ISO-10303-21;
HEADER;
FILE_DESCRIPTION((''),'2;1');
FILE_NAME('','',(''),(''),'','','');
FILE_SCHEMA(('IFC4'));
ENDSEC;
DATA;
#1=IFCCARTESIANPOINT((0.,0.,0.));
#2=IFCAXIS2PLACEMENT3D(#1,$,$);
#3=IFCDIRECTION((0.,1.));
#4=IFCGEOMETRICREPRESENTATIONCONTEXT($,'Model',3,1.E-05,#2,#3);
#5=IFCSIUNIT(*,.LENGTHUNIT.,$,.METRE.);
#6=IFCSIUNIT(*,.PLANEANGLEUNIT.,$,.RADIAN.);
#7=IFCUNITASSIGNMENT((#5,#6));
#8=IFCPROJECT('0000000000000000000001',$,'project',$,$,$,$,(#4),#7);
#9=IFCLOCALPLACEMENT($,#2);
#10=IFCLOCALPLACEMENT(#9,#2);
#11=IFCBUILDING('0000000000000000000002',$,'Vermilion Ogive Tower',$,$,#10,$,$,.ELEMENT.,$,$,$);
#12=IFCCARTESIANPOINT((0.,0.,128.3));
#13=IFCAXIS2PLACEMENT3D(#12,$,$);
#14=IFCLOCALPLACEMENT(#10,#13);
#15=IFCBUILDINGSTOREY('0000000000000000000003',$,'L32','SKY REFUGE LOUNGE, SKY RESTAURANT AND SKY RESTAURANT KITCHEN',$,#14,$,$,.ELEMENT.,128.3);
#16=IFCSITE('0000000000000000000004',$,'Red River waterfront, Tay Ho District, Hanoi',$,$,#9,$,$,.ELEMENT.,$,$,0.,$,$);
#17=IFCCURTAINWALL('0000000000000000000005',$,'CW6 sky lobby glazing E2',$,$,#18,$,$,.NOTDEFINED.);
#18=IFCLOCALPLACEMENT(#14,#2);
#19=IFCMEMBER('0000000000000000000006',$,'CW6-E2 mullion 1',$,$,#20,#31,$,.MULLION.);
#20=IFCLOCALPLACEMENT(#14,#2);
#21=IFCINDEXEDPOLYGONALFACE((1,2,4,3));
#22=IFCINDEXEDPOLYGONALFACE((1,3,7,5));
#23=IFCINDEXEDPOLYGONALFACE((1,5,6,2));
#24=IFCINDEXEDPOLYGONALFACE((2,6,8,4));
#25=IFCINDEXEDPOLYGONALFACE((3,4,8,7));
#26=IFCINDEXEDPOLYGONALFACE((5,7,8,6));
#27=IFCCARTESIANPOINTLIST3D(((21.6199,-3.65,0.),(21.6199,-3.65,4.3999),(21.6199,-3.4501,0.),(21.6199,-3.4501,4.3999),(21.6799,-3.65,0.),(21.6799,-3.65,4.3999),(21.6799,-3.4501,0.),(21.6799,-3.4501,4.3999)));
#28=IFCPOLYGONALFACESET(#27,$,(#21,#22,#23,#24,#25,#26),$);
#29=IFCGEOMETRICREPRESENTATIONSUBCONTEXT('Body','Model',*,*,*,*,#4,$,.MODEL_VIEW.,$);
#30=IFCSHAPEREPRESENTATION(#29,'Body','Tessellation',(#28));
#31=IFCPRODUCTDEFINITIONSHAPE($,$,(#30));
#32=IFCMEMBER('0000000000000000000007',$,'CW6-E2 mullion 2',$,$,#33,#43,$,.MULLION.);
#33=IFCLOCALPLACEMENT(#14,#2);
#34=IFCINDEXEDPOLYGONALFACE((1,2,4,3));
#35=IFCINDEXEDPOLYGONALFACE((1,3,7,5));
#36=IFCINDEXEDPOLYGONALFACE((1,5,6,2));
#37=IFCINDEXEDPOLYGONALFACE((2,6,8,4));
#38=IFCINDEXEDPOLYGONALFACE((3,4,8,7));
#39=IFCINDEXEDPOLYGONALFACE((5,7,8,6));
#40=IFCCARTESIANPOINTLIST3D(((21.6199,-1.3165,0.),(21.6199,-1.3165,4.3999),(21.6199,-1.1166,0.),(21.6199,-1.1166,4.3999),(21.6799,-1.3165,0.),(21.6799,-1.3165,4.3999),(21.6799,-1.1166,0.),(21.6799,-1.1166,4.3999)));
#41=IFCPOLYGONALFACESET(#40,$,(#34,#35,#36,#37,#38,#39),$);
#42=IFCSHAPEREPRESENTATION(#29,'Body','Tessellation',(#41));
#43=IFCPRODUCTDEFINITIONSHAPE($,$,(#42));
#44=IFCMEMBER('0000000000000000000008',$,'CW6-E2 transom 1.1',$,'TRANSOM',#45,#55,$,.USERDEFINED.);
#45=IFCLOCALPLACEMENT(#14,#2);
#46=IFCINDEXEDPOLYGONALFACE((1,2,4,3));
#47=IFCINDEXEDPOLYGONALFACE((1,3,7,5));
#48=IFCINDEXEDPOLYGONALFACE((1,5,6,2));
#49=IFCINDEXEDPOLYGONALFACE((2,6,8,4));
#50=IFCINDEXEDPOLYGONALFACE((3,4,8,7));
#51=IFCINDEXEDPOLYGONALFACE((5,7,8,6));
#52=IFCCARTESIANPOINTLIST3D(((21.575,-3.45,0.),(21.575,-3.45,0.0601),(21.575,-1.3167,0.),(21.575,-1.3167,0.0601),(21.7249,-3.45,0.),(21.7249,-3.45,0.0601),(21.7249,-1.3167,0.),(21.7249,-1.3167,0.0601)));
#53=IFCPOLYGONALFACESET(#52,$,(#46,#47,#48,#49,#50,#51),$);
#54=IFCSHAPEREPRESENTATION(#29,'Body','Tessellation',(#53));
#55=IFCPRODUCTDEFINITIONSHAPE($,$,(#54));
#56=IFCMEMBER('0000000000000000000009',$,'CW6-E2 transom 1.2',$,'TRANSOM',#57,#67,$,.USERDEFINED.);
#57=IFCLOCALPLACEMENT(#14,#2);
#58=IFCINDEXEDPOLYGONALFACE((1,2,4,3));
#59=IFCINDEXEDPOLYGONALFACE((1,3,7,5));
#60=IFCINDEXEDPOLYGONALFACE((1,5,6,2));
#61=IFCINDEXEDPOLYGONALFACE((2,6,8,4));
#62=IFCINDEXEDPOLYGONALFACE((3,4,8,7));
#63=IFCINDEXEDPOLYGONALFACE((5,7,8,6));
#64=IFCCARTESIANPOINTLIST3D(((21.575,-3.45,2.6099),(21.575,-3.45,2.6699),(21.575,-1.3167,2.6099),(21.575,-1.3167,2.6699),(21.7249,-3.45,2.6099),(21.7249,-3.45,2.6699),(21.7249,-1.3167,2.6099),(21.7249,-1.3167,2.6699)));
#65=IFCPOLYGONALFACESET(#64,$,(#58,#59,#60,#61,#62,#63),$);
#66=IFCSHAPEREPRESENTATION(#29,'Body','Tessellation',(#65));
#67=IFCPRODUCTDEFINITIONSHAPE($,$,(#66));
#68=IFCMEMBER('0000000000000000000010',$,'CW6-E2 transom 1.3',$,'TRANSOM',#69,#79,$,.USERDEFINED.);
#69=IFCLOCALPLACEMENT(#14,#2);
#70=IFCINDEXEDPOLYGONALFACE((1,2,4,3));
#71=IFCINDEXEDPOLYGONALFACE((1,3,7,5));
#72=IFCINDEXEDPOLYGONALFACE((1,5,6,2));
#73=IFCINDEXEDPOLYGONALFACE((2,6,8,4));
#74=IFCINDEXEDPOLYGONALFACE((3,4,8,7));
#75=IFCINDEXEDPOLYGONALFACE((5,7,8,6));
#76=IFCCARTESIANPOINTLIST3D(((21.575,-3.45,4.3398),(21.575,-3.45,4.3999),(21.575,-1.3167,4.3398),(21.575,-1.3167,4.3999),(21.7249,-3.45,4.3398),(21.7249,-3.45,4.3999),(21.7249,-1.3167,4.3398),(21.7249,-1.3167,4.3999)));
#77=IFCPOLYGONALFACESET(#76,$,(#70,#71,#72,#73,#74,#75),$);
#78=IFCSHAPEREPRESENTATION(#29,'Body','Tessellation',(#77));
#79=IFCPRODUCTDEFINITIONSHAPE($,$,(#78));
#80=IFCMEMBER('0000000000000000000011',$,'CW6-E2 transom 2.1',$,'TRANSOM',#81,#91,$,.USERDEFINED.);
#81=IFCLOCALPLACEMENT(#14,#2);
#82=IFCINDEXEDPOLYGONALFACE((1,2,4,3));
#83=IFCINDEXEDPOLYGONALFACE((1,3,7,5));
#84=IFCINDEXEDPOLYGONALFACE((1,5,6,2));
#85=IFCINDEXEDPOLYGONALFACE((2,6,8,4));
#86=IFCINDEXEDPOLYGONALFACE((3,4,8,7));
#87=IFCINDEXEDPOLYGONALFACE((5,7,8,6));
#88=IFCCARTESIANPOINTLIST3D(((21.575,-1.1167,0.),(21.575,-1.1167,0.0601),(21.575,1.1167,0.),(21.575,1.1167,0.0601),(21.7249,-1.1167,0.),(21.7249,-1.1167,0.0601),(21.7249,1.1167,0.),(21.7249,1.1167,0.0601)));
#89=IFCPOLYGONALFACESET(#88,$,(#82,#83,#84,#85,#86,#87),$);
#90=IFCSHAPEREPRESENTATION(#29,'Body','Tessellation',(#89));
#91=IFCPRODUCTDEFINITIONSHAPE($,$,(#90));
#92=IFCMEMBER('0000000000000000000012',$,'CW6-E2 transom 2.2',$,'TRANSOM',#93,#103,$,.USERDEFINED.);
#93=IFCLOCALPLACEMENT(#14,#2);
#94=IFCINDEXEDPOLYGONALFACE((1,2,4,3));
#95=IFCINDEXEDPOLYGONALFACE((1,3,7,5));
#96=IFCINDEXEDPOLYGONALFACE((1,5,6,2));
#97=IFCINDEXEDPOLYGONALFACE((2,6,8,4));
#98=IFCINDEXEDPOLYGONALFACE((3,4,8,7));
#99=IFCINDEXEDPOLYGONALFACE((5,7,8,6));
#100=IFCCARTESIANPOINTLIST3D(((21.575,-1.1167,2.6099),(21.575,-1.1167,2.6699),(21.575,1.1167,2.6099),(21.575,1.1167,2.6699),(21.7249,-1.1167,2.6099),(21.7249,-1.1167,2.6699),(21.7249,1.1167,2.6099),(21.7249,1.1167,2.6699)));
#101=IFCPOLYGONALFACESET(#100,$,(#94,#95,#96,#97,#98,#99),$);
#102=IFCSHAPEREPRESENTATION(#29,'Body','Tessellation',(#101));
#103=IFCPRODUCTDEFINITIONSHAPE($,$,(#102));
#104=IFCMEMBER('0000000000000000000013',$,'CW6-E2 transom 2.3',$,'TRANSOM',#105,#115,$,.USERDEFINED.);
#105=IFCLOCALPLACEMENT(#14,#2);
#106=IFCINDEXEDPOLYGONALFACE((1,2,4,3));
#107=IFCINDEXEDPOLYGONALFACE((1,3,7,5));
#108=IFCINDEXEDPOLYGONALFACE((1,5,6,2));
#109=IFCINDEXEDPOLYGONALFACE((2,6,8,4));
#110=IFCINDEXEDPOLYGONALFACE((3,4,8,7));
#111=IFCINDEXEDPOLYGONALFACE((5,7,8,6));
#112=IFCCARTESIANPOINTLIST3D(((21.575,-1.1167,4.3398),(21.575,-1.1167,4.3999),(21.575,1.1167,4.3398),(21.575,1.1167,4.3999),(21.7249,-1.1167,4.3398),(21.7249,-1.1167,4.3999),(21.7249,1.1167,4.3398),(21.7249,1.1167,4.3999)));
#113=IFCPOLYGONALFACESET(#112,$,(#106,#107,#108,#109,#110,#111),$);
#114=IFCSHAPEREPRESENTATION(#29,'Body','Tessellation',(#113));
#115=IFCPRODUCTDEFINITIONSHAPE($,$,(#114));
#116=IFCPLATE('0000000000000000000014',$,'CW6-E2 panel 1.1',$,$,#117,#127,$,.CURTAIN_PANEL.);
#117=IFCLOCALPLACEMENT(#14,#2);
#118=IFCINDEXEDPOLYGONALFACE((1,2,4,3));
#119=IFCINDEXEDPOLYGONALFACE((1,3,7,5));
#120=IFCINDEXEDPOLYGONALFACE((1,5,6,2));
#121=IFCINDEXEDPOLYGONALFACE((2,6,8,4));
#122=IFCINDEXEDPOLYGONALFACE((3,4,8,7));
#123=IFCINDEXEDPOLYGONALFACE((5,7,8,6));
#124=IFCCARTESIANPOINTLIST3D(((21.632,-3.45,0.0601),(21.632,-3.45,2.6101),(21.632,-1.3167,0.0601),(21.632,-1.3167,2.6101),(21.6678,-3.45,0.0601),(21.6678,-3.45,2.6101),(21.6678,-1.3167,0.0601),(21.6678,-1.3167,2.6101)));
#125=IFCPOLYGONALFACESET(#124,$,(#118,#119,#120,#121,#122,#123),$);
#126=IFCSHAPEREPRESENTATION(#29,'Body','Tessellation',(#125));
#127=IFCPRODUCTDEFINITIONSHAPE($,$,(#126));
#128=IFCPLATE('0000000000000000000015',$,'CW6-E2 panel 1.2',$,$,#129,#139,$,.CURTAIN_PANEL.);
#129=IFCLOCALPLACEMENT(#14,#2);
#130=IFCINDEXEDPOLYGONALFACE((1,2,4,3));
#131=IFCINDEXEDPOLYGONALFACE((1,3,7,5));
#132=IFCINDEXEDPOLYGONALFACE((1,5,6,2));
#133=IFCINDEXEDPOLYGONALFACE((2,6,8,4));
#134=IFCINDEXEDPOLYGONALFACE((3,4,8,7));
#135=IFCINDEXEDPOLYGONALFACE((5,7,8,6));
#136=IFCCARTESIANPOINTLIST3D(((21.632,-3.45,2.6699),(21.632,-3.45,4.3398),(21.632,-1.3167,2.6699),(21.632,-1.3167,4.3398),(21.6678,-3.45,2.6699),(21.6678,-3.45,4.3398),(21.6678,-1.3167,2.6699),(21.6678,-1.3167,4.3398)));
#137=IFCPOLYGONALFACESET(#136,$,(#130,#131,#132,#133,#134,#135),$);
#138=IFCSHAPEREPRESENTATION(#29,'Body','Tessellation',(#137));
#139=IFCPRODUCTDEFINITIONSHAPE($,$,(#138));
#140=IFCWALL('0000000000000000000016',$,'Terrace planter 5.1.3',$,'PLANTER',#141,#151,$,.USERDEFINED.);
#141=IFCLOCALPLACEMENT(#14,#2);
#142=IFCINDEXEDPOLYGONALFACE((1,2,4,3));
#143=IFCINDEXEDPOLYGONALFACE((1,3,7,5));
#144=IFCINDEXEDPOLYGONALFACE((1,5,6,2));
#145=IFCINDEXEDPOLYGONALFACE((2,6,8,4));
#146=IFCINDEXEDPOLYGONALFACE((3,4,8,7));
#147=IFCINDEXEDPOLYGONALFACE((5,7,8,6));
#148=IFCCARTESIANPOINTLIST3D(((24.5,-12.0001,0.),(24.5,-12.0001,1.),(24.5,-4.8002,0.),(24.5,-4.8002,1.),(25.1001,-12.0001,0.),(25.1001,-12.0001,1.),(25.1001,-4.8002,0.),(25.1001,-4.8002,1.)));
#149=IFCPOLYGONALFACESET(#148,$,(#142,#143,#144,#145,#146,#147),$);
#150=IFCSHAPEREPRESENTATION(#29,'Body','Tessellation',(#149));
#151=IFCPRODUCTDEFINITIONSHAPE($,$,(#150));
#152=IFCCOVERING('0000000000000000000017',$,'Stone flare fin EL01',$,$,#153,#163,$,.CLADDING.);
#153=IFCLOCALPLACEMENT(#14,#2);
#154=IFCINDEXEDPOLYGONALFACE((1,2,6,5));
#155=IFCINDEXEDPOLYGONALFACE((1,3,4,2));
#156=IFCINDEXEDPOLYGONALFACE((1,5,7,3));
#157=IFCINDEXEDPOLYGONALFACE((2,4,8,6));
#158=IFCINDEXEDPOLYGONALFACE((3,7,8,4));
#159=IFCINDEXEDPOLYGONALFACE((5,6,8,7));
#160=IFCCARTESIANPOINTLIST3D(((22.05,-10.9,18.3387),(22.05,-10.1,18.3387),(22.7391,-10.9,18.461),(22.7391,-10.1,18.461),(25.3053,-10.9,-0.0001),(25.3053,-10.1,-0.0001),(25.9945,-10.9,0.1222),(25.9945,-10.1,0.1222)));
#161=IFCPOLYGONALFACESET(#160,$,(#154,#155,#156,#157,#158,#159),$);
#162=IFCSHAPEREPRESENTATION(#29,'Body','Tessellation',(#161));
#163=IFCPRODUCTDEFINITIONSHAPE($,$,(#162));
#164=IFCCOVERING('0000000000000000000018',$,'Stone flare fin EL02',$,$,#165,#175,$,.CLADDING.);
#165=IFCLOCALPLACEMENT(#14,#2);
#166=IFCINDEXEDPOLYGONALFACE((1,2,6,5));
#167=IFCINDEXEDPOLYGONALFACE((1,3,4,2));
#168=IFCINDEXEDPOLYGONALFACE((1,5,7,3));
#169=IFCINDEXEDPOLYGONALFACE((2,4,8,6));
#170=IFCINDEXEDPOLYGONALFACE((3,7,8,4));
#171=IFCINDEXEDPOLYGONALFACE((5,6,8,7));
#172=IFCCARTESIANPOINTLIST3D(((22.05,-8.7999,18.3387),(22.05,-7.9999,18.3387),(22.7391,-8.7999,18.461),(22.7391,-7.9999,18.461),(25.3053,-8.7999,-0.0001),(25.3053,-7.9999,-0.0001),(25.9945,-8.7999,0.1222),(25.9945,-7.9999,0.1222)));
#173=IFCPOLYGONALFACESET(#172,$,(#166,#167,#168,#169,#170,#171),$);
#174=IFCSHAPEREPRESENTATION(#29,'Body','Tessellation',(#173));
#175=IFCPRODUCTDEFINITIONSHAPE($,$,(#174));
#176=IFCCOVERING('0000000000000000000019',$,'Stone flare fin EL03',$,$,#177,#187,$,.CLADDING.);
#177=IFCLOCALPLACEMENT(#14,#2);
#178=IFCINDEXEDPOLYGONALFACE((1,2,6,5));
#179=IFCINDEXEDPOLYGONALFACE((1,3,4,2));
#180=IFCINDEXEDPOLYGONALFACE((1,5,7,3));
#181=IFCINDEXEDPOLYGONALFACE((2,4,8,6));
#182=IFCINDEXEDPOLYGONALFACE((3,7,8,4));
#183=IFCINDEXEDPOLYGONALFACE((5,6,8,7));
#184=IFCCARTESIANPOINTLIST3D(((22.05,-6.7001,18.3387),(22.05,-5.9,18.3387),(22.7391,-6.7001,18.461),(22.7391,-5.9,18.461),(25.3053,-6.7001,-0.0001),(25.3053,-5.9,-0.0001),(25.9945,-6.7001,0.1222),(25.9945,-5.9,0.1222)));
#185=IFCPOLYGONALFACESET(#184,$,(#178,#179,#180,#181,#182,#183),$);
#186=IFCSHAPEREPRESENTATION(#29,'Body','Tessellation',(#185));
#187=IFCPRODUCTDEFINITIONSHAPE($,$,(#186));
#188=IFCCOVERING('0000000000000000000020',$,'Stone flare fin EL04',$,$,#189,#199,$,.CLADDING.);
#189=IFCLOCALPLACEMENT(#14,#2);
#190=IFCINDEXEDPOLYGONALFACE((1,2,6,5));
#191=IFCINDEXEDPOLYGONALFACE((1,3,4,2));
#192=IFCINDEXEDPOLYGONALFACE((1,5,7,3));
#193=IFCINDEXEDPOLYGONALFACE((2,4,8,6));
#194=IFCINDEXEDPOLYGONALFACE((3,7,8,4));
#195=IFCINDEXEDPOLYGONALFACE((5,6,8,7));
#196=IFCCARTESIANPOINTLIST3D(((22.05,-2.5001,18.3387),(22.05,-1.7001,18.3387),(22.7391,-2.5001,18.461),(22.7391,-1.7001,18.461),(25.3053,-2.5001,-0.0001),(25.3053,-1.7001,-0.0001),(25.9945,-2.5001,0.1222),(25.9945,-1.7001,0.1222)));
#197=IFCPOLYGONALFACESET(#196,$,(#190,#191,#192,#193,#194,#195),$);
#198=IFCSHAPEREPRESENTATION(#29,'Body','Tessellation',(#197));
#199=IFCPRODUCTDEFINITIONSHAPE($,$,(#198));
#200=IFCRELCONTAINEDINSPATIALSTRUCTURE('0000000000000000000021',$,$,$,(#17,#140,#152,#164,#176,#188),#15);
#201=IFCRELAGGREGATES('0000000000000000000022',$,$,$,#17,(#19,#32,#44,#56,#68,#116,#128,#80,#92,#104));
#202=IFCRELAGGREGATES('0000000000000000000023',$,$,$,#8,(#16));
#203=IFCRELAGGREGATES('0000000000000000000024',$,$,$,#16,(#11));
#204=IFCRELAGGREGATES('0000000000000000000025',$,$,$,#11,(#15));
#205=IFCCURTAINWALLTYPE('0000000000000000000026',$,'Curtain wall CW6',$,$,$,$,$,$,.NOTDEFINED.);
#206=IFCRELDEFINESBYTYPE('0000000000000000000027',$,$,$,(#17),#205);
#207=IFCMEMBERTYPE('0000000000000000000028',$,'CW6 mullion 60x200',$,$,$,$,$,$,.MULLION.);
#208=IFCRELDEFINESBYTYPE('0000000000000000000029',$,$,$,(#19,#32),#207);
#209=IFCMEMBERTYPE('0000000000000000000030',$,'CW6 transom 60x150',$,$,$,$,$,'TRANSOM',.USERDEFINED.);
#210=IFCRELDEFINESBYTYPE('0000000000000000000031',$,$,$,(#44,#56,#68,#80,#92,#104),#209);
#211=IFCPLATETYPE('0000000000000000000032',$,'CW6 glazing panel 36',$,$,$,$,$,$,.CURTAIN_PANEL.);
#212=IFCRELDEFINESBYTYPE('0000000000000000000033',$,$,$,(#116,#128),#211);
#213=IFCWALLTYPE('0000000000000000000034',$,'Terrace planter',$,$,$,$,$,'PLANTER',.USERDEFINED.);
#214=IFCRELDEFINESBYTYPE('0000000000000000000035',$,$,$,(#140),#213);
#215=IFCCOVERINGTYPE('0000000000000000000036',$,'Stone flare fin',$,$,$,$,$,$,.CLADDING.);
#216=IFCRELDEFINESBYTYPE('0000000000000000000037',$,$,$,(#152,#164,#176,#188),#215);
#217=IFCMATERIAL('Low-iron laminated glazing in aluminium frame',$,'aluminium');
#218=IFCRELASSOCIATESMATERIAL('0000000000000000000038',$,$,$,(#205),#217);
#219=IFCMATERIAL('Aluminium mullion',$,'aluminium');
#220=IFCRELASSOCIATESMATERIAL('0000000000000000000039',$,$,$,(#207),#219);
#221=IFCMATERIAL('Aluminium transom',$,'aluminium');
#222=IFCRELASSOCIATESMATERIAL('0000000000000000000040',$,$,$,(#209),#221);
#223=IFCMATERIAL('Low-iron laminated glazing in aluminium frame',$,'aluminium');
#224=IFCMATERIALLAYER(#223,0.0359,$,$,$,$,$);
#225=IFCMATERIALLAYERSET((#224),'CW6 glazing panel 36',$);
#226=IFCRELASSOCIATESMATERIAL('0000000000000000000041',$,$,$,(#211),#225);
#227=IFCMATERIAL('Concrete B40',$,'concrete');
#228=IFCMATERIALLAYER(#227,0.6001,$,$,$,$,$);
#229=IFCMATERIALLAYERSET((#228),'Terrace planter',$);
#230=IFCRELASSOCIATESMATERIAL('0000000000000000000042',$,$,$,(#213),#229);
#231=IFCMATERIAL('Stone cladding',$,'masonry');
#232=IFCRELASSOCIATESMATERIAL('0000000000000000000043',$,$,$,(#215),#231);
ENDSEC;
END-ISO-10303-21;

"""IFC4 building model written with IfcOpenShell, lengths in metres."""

from ifc_helpers import new_model, si_unit, direction, frame, frame_2d, origin, origin_2d, place, context, subcontext, project, spatial, rectangle, extrude, material, layer, layer_set, material_profile, profile_set, type_object, element, aggregate, save


model = new_model("IFC4")

# Units and contexts
model_context = context("Model", 3, precision=1e-05, world=origin(), true_north=direction((0.0, 1.0)))
body_context = subcontext(model_context, "Body", "Model", "MODEL_VIEW")
ifc_project = project(units=[si_unit("LENGTHUNIT", "METRE"), si_unit("PLANEANGLEUNIT", "RADIAN")], contexts=[model_context])

# Site, building, storey
site_placement = place(None, origin())
site = spatial("IfcSite", under=ifc_project, at=site_placement, Name="Red River waterfront, Tay Ho District, Hanoi", CompositionType="ELEMENT", RefElevation=0.0)
building_placement = place(site_placement, origin())
building = spatial("IfcBuilding", under=site, at=building_placement, Name="Vermilion Ogive Tower", CompositionType="ELEMENT")
storey_placement = place(building_placement, frame((0.0, 0.0, 128.3)))
storey = spatial("IfcBuildingStorey", under=building, at=storey_placement, Name="L32", Description="SKY REFUGE LOUNGE, SKY RESTAURANT AND SKY RESTAURANT KITCHEN", CompositionType="ELEMENT", Elevation=128.3)

# Curtain wall, members, plates
ifc_material_1 = material(Name="Low-iron laminated glazing in aluminium frame", Category="aluminium")
curtain_wall_type = type_object("IfcCurtainWallType", Name="Curtain wall CW6", PredefinedType="NOTDEFINED", material=ifc_material_1)
curtain_wall_placement = place(storey_placement, origin())
curtain_wall = element("IfcCurtainWall", 1, at=curtain_wall_placement, inside=storey, type_object=curtain_wall_type, Name="CW6 sky lobby glazing E2", PredefinedType="NOTDEFINED")
ifc_material_2 = material(Name="Aluminium mullion", Category="aluminium")
ifc_material_profile_1 = material_profile(ifc_material_2, rectangle(XDim=0.0601, YDim=0.2, at=origin_2d()), Name="AL 60x200")
ifc_profile_set_1 = profile_set([ifc_material_profile_1], Name="Aluminium mullion")
member_type_1 = type_object("IfcMemberType", Name="CW6 mullion 60x200", PredefinedType="MULLION", material=ifc_profile_set_1)
member_1_placement = place(storey_placement, frame((21.6499, -3.55, 0.0), z_axis=(0.0, 0.0, 1.0), x_axis=(-1.0, 0.0, 0.0)))
member_1 = element("IfcMember", 2, at=member_1_placement, type_object=member_type_1, Name="CW6-E2 mullion 1", PredefinedType="MULLION", context=body_context, shape_type="SweptSolid", body=[
    extrude(rectangle(XDim=0.0601, YDim=0.2, at=origin_2d()), origin(), (0.0, 0.0, 1.0), 4.3999),
])
member_2_placement = place(storey_placement, frame((21.6499, -1.2166, 0.0), z_axis=(0.0, 0.0, 1.0), x_axis=(-1.0, 0.0, 0.0)))
member_2 = element("IfcMember", 3, at=member_2_placement, type_object=member_type_1, Name="CW6-E2 mullion 2", PredefinedType="MULLION", context=body_context, shape_type="SweptSolid", body=[
    extrude(rectangle(XDim=0.0601, YDim=0.2, at=origin_2d()), origin(), (0.0, 0.0, 1.0), 4.3999),
])
ifc_material_3 = material(Name="Aluminium transom", Category="aluminium")
ifc_material_profile_2 = material_profile(ifc_material_3, rectangle(XDim=0.1499, YDim=0.0601, at=origin_2d()), Name="AL 60x150")
ifc_profile_set_2 = profile_set([ifc_material_profile_2], Name="Aluminium transom")
member_type_2 = type_object("IfcMemberType", Name="CW6 transom 60x150", ElementType="TRANSOM", PredefinedType="USERDEFINED", material=ifc_profile_set_2)
member_3_placement = place(storey_placement, frame((21.6499, -3.45, 0.03), z_axis=(0.0, 1.0, 0.0), x_axis=(-1.0, 0.0, 0.0)))
member_3 = element("IfcMember", 4, at=member_3_placement, type_object=member_type_2, Name="CW6-E2 transom 1.1", ObjectType="TRANSOM", PredefinedType="USERDEFINED", context=body_context, shape_type="SweptSolid", body=[
    extrude(rectangle(XDim=0.1499, YDim=0.0601, at=origin_2d()), origin(), (0.0, 0.0, 1.0), 2.1333),
])
member_4_placement = place(storey_placement, frame((21.6499, -3.45, 2.6399), z_axis=(0.0, 1.0, 0.0), x_axis=(-1.0, 0.0, 0.0)))
member_4 = element("IfcMember", 5, at=member_4_placement, type_object=member_type_2, Name="CW6-E2 transom 1.2", ObjectType="TRANSOM", PredefinedType="USERDEFINED", context=body_context, shape_type="SweptSolid", body=[
    extrude(rectangle(XDim=0.1499, YDim=0.0601, at=origin_2d()), origin(), (0.0, 0.0, 1.0), 2.1333),
])
member_5_placement = place(storey_placement, frame((21.6499, -3.45, 4.3699), z_axis=(0.0, 1.0, 0.0), x_axis=(-1.0, 0.0, 0.0)))
member_5 = element("IfcMember", 6, at=member_5_placement, type_object=member_type_2, Name="CW6-E2 transom 1.3", ObjectType="TRANSOM", PredefinedType="USERDEFINED", context=body_context, shape_type="SweptSolid", body=[
    extrude(rectangle(XDim=0.1499, YDim=0.0601, at=origin_2d()), origin(), (0.0, 0.0, 1.0), 2.1333),
])
member_6_placement = place(storey_placement, frame((21.6499, -1.1167, 0.03), z_axis=(0.0, 1.0, 0.0), x_axis=(-1.0, 0.0, 0.0)))
member_6 = element("IfcMember", 7, at=member_6_placement, type_object=member_type_2, Name="CW6-E2 transom 2.1", ObjectType="TRANSOM", PredefinedType="USERDEFINED", context=body_context, shape_type="SweptSolid", body=[
    extrude(rectangle(XDim=0.1499, YDim=0.0601, at=origin_2d()), origin(), (0.0, 0.0, 1.0), 2.2334),
])
member_7_placement = place(storey_placement, frame((21.6499, -1.1167, 2.6399), z_axis=(0.0, 1.0, 0.0), x_axis=(-1.0, 0.0, 0.0)))
member_7 = element("IfcMember", 8, at=member_7_placement, type_object=member_type_2, Name="CW6-E2 transom 2.2", ObjectType="TRANSOM", PredefinedType="USERDEFINED", context=body_context, shape_type="SweptSolid", body=[
    extrude(rectangle(XDim=0.1499, YDim=0.0601, at=origin_2d()), origin(), (0.0, 0.0, 1.0), 2.2334),
])
member_8_placement = place(storey_placement, frame((21.6499, -1.1167, 4.3699), z_axis=(0.0, 1.0, 0.0), x_axis=(-1.0, 0.0, 0.0)))
member_8 = element("IfcMember", 9, at=member_8_placement, type_object=member_type_2, Name="CW6-E2 transom 2.3", ObjectType="TRANSOM", PredefinedType="USERDEFINED", context=body_context, shape_type="SweptSolid", body=[
    extrude(rectangle(XDim=0.1499, YDim=0.0601, at=origin_2d()), origin(), (0.0, 0.0, 1.0), 2.2334),
])
ifc_material_4 = material(Name="Low-iron laminated glazing in aluminium frame", Category="aluminium")
ifc_layer_1 = layer(ifc_material_4, 0.0359)
ifc_layer_set_1 = layer_set([ifc_layer_1], Name="CW6 glazing panel 36")
plate_type = type_object("IfcPlateType", Name="CW6 glazing panel 36", PredefinedType="CURTAIN_PANEL", material=ifc_layer_set_1)
plate_1_placement = place(storey_placement, frame((21.6499, -2.3833, 0.0601), z_axis=(0.0, 0.0, 1.0), x_axis=(0.0, 1.0, 0.0)))
plate_1 = element("IfcPlate", 10, at=plate_1_placement, type_object=plate_type, Name="CW6-E2 panel 1.1", PredefinedType="CURTAIN_PANEL", context=body_context, shape_type="SweptSolid", body=[
    extrude(rectangle(XDim=2.1333, YDim=0.0359, at=origin_2d()), origin(), (0.0, 0.0, 1.0), 2.55),
])
plate_2_placement = place(storey_placement, frame((21.6499, -2.3833, 2.6699), z_axis=(0.0, 0.0, 1.0), x_axis=(0.0, 1.0, 0.0)))
plate_2 = element("IfcPlate", 11, at=plate_2_placement, type_object=plate_type, Name="CW6-E2 panel 1.2", PredefinedType="CURTAIN_PANEL", context=body_context, shape_type="SweptSolid", body=[
    extrude(rectangle(XDim=2.1333, YDim=0.0359, at=origin_2d()), origin(), (0.0, 0.0, 1.0), 1.6699),
])
aggregate(curtain_wall, [member_1, member_2, member_3, member_4, member_5, plate_1, plate_2, member_6, member_7, member_8])

# Wall
ifc_material_5 = material(Name="Concrete B40", Category="concrete")
ifc_layer_2 = layer(ifc_material_5, 0.6001)
ifc_layer_set_2 = layer_set([ifc_layer_2], Name="Terrace planter")
wall_type = type_object("IfcWallType", Name="Terrace planter", ElementType="PLANTER", PredefinedType="USERDEFINED", material=ifc_layer_set_2)
wall_placement = place(storey_placement, frame((24.8, -4.8, 0.0), z_axis=(0.0, 0.0, 1.0), x_axis=(0.0, -1.0, 0.0)))
element("IfcWall", 12, at=wall_placement, inside=storey, type_object=wall_type, Name="Terrace planter 5.1.3", ObjectType="PLANTER", PredefinedType="USERDEFINED", context=body_context, shape_type="SweptSolid", body=[
    extrude(rectangle(XDim=7.2, YDim=0.6001, at=frame_2d((3.6001, 0.0))), origin(), (0.0, 0.0, 1.0), 1.0),
])

# Coverings
ifc_material_6 = material(Name="Stone cladding", Category="masonry")
ifc_material_profile_3 = material_profile(ifc_material_6, rectangle(XDim=0.8, YDim=0.7, at=origin_2d()), Name="STONE 800x700")
ifc_profile_set_3 = profile_set([ifc_material_profile_3], Name="Stone cladding")
covering_type = type_object("IfcCoveringType", Name="Stone flare fin", PredefinedType="CLADDING", material=ifc_profile_set_3)
for number, where, z_axis, x_axis, name in (
    (13, (25.6499, -10.5, 0.061), (-0.17478, 0.0, 0.984608), (0.0, -1.0, 0.0), "Stone flare fin EL01"),
    (14, (25.6499, -8.3999, 0.061), (-0.17478, 0.0, 0.984608), (0.0, -1.0, 0.0), "Stone flare fin EL02"),
    (15, (25.6499, -6.3, 0.061), (-0.17478, 0.0, 0.984608), (0.0, -1.0, 0.0), "Stone flare fin EL03"),
    (16, (25.6499, -2.1001, 0.061), (-0.17478, 0.0, 0.984608), (0.0, -1.0, 0.0), "Stone flare fin EL04"),
):
    element("IfcCovering", number, at=place(storey_placement, frame(where, z_axis=z_axis, x_axis=x_axis)), inside=storey, type_object=covering_type, Name=name, PredefinedType="CLADDING", context=body_context, shape_type="SweptSolid", body=[
        extrude(rectangle(XDim=0.8, YDim=0.7, at=origin_2d()), origin(), (0.0, 0.0, 1.0), 18.6255),
    ])

save(model, "model.ifc")
